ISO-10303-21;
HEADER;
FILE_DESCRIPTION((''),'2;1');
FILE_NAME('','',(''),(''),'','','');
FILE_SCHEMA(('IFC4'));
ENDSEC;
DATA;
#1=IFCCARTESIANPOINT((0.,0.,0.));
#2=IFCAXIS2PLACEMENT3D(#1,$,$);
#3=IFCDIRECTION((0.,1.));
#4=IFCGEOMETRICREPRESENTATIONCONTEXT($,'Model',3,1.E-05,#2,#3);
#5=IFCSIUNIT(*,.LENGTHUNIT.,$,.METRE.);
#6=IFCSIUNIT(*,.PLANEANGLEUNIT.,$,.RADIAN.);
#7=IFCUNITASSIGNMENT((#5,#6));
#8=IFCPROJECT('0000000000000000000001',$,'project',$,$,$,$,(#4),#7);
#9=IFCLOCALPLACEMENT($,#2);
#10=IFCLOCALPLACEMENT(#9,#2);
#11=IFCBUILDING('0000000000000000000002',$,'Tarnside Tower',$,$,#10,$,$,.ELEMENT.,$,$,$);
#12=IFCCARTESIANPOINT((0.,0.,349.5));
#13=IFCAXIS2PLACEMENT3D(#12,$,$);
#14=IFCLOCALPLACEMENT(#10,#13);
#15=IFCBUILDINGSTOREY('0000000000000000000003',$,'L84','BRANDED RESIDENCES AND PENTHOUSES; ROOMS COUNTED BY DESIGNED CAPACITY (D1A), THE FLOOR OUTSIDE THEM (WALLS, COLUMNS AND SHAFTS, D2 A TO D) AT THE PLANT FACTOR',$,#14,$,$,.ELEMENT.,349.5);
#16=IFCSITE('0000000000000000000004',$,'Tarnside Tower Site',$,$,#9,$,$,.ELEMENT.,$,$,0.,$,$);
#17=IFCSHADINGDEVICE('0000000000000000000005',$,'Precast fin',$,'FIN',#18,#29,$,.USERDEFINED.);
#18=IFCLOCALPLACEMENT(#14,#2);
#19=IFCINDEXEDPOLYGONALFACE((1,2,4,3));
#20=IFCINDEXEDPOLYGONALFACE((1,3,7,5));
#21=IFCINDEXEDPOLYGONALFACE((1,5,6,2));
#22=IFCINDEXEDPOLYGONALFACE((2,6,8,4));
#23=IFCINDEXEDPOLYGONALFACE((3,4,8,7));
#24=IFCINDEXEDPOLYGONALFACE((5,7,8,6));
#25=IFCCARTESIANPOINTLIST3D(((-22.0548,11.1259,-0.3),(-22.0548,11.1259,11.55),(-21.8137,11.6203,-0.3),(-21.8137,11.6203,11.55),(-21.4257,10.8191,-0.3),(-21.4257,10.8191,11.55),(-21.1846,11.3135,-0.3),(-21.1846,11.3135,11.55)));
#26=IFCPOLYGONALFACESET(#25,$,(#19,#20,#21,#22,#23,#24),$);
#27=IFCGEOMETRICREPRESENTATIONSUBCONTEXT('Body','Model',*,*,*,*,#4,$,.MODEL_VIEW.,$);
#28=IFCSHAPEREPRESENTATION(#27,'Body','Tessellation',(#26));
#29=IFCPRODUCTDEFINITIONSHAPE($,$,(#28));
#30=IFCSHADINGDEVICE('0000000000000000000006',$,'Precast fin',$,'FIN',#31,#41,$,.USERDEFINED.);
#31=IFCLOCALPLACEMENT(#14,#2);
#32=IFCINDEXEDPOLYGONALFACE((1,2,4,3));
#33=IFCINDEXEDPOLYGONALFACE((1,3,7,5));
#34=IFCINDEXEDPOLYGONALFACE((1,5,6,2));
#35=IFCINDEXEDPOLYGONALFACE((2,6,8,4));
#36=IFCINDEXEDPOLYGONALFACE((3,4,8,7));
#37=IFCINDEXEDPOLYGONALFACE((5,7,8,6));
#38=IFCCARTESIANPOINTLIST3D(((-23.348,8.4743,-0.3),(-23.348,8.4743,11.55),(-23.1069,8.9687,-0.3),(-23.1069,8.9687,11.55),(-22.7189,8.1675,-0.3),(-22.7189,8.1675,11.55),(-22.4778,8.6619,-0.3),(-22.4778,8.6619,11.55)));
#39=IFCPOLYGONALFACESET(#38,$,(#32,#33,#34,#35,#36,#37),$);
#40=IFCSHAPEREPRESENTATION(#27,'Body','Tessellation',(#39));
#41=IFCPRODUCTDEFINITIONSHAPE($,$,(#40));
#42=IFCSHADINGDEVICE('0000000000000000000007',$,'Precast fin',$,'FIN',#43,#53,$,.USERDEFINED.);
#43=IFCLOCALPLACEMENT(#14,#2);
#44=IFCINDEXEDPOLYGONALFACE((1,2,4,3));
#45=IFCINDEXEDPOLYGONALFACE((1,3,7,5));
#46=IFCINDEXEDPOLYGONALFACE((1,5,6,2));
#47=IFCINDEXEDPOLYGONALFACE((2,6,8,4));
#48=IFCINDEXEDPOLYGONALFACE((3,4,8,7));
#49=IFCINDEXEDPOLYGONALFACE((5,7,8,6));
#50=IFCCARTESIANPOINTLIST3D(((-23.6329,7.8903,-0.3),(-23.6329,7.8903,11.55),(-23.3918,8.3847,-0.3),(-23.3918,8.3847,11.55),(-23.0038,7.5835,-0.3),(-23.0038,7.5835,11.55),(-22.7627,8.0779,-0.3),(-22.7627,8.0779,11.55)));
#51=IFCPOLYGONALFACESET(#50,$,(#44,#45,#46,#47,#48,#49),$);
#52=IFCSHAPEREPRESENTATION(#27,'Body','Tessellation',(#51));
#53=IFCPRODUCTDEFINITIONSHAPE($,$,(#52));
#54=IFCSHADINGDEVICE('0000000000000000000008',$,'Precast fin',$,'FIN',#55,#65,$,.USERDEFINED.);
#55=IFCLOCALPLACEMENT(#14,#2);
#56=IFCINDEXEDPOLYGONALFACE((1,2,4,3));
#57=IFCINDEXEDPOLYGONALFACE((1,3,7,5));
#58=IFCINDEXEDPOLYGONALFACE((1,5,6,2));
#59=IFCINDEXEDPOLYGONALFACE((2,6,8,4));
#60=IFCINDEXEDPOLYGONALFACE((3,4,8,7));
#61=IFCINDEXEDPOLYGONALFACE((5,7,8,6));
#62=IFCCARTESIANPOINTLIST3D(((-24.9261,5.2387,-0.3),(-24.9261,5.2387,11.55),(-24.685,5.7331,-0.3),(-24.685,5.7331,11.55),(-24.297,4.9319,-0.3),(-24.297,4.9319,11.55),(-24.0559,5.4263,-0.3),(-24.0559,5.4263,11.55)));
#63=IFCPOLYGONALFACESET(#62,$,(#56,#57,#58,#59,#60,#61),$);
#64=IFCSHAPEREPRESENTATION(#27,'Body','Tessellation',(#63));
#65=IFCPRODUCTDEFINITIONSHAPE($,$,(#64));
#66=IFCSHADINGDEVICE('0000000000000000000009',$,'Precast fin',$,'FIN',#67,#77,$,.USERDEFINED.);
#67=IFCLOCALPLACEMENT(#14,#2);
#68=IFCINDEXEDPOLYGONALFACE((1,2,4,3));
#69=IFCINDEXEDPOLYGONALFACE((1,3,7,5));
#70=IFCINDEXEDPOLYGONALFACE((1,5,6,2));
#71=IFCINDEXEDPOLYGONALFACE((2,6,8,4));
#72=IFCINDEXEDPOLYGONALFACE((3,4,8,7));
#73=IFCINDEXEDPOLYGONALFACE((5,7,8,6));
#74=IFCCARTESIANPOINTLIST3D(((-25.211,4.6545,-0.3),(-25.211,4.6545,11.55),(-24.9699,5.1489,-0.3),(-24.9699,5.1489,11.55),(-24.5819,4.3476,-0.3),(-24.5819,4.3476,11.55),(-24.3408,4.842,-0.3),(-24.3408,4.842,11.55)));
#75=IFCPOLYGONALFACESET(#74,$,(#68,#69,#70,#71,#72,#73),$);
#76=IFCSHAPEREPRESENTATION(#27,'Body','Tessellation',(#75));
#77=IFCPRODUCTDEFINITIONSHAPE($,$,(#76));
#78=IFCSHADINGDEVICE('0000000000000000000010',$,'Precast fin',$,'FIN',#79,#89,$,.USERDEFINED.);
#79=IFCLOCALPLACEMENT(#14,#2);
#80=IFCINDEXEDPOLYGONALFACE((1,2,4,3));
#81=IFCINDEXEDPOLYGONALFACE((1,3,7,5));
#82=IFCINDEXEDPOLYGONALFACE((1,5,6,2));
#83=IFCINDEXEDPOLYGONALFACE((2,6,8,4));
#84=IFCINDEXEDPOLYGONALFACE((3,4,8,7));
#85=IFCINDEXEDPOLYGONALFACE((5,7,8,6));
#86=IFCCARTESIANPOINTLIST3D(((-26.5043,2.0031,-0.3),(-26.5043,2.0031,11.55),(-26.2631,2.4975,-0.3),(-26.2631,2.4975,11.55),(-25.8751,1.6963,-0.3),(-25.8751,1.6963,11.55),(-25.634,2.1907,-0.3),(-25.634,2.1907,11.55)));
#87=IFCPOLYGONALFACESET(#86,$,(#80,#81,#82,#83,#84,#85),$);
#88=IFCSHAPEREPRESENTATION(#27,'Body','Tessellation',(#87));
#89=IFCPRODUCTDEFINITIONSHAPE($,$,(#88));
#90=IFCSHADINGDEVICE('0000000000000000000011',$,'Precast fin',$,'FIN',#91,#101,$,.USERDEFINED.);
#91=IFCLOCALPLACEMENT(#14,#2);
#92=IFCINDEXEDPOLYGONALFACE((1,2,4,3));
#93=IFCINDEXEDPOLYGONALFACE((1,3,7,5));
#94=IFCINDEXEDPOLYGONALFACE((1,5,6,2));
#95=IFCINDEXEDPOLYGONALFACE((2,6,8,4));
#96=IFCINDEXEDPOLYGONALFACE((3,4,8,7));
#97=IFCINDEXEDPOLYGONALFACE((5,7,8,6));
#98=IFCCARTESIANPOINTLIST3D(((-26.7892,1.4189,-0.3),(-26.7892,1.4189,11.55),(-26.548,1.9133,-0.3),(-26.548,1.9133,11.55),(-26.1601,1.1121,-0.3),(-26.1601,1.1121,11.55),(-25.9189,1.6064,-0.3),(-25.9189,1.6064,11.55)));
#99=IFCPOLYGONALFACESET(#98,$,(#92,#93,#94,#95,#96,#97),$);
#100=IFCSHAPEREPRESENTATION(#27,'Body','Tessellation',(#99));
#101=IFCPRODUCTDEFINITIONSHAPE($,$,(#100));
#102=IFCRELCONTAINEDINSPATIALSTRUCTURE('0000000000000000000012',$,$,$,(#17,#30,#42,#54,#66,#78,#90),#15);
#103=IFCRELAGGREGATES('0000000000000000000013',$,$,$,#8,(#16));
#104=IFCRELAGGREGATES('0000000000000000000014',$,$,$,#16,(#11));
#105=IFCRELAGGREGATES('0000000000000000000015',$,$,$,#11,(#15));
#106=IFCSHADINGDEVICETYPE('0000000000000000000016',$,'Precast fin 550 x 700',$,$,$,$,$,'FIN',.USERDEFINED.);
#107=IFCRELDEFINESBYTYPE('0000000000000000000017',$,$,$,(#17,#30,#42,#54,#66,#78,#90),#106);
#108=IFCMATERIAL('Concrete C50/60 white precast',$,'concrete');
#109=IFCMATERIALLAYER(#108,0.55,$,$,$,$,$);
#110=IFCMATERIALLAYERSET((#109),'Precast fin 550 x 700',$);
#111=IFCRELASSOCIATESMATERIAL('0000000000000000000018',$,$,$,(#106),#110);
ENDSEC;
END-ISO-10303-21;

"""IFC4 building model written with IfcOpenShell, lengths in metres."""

from ifc_helpers import new_model, si_unit, direction, frame, origin, place, context, subcontext, project, spatial, polyline, outline, extrude, material, layer, layer_set, type_object, element, save


model = new_model("IFC4")

# Units and contexts
model_context = context("Model", 3, precision=1e-05, world=origin(), true_north=direction((0.0, 1.0)))
body_context = subcontext(model_context, "Body", "Model", "MODEL_VIEW")
ifc_project = project(units=[si_unit("LENGTHUNIT", "METRE"), si_unit("PLANEANGLEUNIT", "RADIAN")], contexts=[model_context])

# Site, building, storey
site_placement = place(None, origin())
site = spatial("IfcSite", under=ifc_project, at=site_placement, Name="Tarnside Tower Site", CompositionType="ELEMENT", RefElevation=0.0)
building_placement = place(site_placement, origin())
building = spatial("IfcBuilding", under=site, at=building_placement, Name="Tarnside Tower", CompositionType="ELEMENT")
storey_placement = place(building_placement, frame((0.0, 0.0, 349.5)))
storey = spatial("IfcBuildingStorey", under=building, at=storey_placement, Name="L84", Description="BRANDED RESIDENCES AND PENTHOUSES; ROOMS COUNTED BY DESIGNED CAPACITY (D1A), THE FLOOR OUTSIDE THEM (WALLS, COLUMNS AND SHAFTS, D2 A TO D) AT THE PLANT FACTOR", CompositionType="ELEMENT", Elevation=349.5)

# Shading devices
ifc_material_1 = material(Name="Concrete C50/60 white precast", Category="concrete")
ifc_layer_1 = layer(ifc_material_1, 0.55)
ifc_layer_set_1 = layer_set([ifc_layer_1], Name="Precast fin 550 x 700")
shading_device_type_1 = type_object("IfcShadingDeviceType", Name="Precast fin 550 x 700", ElementType="FIN", PredefinedType="USERDEFINED", material=ifc_layer_set_1)
for number, where, z_axis, x_axis, name in (
    (1, (-21.3052, 11.0662, -0.3), (0.438371, 0.898794, 0.0), (-0.898794, 0.438371, 0.0), "Precast fin"),
    (2, (-22.5984, 8.4146, -0.3), (0.438371, 0.898794, 0.0), (-0.898794, 0.438371, 0.0), "Precast fin"),
    (3, (-22.8833, 7.8306, -0.3), (0.438371, 0.898794, 0.0), (-0.898794, 0.438371, 0.0), "Precast fin"),
    (4, (-24.1765, 5.179, -0.3), (0.438371, 0.898794, 0.0), (-0.898794, 0.438371, 0.0), "Precast fin"),
    (5, (-24.4614, 4.5947, -0.3), (0.438371, 0.898794, 0.0), (-0.898794, 0.438371, 0.0), "Precast fin"),
    (6, (-25.7546, 1.9434, -0.3), (0.438371, 0.898794, 0.0), (-0.898794, 0.438371, 0.0), "Precast fin"),
    (7, (-26.0396, 1.3591, -0.3), (0.438371, 0.898794, 0.0), (-0.898794, 0.438371, 0.0), "Precast fin"),
):
    element("IfcShadingDevice", number, at=place(storey_placement, frame(where, z_axis=z_axis, x_axis=x_axis)), inside=storey, type_object=shading_device_type_1, Name=name, ObjectType="FIN", PredefinedType="USERDEFINED", context=body_context, shape_type="SweptSolid", body=[
        extrude(outline(polyline([(0.0, 0.0), (0.7, 0.0), (0.7, 11.8501), (0.0, 11.8501), (0.0, 0.0)])), frame((0.0, 0.0, -0.2749)), (0.0, 0.0, 1.0), 0.55),
    ])

save(model, "model.ifc")
